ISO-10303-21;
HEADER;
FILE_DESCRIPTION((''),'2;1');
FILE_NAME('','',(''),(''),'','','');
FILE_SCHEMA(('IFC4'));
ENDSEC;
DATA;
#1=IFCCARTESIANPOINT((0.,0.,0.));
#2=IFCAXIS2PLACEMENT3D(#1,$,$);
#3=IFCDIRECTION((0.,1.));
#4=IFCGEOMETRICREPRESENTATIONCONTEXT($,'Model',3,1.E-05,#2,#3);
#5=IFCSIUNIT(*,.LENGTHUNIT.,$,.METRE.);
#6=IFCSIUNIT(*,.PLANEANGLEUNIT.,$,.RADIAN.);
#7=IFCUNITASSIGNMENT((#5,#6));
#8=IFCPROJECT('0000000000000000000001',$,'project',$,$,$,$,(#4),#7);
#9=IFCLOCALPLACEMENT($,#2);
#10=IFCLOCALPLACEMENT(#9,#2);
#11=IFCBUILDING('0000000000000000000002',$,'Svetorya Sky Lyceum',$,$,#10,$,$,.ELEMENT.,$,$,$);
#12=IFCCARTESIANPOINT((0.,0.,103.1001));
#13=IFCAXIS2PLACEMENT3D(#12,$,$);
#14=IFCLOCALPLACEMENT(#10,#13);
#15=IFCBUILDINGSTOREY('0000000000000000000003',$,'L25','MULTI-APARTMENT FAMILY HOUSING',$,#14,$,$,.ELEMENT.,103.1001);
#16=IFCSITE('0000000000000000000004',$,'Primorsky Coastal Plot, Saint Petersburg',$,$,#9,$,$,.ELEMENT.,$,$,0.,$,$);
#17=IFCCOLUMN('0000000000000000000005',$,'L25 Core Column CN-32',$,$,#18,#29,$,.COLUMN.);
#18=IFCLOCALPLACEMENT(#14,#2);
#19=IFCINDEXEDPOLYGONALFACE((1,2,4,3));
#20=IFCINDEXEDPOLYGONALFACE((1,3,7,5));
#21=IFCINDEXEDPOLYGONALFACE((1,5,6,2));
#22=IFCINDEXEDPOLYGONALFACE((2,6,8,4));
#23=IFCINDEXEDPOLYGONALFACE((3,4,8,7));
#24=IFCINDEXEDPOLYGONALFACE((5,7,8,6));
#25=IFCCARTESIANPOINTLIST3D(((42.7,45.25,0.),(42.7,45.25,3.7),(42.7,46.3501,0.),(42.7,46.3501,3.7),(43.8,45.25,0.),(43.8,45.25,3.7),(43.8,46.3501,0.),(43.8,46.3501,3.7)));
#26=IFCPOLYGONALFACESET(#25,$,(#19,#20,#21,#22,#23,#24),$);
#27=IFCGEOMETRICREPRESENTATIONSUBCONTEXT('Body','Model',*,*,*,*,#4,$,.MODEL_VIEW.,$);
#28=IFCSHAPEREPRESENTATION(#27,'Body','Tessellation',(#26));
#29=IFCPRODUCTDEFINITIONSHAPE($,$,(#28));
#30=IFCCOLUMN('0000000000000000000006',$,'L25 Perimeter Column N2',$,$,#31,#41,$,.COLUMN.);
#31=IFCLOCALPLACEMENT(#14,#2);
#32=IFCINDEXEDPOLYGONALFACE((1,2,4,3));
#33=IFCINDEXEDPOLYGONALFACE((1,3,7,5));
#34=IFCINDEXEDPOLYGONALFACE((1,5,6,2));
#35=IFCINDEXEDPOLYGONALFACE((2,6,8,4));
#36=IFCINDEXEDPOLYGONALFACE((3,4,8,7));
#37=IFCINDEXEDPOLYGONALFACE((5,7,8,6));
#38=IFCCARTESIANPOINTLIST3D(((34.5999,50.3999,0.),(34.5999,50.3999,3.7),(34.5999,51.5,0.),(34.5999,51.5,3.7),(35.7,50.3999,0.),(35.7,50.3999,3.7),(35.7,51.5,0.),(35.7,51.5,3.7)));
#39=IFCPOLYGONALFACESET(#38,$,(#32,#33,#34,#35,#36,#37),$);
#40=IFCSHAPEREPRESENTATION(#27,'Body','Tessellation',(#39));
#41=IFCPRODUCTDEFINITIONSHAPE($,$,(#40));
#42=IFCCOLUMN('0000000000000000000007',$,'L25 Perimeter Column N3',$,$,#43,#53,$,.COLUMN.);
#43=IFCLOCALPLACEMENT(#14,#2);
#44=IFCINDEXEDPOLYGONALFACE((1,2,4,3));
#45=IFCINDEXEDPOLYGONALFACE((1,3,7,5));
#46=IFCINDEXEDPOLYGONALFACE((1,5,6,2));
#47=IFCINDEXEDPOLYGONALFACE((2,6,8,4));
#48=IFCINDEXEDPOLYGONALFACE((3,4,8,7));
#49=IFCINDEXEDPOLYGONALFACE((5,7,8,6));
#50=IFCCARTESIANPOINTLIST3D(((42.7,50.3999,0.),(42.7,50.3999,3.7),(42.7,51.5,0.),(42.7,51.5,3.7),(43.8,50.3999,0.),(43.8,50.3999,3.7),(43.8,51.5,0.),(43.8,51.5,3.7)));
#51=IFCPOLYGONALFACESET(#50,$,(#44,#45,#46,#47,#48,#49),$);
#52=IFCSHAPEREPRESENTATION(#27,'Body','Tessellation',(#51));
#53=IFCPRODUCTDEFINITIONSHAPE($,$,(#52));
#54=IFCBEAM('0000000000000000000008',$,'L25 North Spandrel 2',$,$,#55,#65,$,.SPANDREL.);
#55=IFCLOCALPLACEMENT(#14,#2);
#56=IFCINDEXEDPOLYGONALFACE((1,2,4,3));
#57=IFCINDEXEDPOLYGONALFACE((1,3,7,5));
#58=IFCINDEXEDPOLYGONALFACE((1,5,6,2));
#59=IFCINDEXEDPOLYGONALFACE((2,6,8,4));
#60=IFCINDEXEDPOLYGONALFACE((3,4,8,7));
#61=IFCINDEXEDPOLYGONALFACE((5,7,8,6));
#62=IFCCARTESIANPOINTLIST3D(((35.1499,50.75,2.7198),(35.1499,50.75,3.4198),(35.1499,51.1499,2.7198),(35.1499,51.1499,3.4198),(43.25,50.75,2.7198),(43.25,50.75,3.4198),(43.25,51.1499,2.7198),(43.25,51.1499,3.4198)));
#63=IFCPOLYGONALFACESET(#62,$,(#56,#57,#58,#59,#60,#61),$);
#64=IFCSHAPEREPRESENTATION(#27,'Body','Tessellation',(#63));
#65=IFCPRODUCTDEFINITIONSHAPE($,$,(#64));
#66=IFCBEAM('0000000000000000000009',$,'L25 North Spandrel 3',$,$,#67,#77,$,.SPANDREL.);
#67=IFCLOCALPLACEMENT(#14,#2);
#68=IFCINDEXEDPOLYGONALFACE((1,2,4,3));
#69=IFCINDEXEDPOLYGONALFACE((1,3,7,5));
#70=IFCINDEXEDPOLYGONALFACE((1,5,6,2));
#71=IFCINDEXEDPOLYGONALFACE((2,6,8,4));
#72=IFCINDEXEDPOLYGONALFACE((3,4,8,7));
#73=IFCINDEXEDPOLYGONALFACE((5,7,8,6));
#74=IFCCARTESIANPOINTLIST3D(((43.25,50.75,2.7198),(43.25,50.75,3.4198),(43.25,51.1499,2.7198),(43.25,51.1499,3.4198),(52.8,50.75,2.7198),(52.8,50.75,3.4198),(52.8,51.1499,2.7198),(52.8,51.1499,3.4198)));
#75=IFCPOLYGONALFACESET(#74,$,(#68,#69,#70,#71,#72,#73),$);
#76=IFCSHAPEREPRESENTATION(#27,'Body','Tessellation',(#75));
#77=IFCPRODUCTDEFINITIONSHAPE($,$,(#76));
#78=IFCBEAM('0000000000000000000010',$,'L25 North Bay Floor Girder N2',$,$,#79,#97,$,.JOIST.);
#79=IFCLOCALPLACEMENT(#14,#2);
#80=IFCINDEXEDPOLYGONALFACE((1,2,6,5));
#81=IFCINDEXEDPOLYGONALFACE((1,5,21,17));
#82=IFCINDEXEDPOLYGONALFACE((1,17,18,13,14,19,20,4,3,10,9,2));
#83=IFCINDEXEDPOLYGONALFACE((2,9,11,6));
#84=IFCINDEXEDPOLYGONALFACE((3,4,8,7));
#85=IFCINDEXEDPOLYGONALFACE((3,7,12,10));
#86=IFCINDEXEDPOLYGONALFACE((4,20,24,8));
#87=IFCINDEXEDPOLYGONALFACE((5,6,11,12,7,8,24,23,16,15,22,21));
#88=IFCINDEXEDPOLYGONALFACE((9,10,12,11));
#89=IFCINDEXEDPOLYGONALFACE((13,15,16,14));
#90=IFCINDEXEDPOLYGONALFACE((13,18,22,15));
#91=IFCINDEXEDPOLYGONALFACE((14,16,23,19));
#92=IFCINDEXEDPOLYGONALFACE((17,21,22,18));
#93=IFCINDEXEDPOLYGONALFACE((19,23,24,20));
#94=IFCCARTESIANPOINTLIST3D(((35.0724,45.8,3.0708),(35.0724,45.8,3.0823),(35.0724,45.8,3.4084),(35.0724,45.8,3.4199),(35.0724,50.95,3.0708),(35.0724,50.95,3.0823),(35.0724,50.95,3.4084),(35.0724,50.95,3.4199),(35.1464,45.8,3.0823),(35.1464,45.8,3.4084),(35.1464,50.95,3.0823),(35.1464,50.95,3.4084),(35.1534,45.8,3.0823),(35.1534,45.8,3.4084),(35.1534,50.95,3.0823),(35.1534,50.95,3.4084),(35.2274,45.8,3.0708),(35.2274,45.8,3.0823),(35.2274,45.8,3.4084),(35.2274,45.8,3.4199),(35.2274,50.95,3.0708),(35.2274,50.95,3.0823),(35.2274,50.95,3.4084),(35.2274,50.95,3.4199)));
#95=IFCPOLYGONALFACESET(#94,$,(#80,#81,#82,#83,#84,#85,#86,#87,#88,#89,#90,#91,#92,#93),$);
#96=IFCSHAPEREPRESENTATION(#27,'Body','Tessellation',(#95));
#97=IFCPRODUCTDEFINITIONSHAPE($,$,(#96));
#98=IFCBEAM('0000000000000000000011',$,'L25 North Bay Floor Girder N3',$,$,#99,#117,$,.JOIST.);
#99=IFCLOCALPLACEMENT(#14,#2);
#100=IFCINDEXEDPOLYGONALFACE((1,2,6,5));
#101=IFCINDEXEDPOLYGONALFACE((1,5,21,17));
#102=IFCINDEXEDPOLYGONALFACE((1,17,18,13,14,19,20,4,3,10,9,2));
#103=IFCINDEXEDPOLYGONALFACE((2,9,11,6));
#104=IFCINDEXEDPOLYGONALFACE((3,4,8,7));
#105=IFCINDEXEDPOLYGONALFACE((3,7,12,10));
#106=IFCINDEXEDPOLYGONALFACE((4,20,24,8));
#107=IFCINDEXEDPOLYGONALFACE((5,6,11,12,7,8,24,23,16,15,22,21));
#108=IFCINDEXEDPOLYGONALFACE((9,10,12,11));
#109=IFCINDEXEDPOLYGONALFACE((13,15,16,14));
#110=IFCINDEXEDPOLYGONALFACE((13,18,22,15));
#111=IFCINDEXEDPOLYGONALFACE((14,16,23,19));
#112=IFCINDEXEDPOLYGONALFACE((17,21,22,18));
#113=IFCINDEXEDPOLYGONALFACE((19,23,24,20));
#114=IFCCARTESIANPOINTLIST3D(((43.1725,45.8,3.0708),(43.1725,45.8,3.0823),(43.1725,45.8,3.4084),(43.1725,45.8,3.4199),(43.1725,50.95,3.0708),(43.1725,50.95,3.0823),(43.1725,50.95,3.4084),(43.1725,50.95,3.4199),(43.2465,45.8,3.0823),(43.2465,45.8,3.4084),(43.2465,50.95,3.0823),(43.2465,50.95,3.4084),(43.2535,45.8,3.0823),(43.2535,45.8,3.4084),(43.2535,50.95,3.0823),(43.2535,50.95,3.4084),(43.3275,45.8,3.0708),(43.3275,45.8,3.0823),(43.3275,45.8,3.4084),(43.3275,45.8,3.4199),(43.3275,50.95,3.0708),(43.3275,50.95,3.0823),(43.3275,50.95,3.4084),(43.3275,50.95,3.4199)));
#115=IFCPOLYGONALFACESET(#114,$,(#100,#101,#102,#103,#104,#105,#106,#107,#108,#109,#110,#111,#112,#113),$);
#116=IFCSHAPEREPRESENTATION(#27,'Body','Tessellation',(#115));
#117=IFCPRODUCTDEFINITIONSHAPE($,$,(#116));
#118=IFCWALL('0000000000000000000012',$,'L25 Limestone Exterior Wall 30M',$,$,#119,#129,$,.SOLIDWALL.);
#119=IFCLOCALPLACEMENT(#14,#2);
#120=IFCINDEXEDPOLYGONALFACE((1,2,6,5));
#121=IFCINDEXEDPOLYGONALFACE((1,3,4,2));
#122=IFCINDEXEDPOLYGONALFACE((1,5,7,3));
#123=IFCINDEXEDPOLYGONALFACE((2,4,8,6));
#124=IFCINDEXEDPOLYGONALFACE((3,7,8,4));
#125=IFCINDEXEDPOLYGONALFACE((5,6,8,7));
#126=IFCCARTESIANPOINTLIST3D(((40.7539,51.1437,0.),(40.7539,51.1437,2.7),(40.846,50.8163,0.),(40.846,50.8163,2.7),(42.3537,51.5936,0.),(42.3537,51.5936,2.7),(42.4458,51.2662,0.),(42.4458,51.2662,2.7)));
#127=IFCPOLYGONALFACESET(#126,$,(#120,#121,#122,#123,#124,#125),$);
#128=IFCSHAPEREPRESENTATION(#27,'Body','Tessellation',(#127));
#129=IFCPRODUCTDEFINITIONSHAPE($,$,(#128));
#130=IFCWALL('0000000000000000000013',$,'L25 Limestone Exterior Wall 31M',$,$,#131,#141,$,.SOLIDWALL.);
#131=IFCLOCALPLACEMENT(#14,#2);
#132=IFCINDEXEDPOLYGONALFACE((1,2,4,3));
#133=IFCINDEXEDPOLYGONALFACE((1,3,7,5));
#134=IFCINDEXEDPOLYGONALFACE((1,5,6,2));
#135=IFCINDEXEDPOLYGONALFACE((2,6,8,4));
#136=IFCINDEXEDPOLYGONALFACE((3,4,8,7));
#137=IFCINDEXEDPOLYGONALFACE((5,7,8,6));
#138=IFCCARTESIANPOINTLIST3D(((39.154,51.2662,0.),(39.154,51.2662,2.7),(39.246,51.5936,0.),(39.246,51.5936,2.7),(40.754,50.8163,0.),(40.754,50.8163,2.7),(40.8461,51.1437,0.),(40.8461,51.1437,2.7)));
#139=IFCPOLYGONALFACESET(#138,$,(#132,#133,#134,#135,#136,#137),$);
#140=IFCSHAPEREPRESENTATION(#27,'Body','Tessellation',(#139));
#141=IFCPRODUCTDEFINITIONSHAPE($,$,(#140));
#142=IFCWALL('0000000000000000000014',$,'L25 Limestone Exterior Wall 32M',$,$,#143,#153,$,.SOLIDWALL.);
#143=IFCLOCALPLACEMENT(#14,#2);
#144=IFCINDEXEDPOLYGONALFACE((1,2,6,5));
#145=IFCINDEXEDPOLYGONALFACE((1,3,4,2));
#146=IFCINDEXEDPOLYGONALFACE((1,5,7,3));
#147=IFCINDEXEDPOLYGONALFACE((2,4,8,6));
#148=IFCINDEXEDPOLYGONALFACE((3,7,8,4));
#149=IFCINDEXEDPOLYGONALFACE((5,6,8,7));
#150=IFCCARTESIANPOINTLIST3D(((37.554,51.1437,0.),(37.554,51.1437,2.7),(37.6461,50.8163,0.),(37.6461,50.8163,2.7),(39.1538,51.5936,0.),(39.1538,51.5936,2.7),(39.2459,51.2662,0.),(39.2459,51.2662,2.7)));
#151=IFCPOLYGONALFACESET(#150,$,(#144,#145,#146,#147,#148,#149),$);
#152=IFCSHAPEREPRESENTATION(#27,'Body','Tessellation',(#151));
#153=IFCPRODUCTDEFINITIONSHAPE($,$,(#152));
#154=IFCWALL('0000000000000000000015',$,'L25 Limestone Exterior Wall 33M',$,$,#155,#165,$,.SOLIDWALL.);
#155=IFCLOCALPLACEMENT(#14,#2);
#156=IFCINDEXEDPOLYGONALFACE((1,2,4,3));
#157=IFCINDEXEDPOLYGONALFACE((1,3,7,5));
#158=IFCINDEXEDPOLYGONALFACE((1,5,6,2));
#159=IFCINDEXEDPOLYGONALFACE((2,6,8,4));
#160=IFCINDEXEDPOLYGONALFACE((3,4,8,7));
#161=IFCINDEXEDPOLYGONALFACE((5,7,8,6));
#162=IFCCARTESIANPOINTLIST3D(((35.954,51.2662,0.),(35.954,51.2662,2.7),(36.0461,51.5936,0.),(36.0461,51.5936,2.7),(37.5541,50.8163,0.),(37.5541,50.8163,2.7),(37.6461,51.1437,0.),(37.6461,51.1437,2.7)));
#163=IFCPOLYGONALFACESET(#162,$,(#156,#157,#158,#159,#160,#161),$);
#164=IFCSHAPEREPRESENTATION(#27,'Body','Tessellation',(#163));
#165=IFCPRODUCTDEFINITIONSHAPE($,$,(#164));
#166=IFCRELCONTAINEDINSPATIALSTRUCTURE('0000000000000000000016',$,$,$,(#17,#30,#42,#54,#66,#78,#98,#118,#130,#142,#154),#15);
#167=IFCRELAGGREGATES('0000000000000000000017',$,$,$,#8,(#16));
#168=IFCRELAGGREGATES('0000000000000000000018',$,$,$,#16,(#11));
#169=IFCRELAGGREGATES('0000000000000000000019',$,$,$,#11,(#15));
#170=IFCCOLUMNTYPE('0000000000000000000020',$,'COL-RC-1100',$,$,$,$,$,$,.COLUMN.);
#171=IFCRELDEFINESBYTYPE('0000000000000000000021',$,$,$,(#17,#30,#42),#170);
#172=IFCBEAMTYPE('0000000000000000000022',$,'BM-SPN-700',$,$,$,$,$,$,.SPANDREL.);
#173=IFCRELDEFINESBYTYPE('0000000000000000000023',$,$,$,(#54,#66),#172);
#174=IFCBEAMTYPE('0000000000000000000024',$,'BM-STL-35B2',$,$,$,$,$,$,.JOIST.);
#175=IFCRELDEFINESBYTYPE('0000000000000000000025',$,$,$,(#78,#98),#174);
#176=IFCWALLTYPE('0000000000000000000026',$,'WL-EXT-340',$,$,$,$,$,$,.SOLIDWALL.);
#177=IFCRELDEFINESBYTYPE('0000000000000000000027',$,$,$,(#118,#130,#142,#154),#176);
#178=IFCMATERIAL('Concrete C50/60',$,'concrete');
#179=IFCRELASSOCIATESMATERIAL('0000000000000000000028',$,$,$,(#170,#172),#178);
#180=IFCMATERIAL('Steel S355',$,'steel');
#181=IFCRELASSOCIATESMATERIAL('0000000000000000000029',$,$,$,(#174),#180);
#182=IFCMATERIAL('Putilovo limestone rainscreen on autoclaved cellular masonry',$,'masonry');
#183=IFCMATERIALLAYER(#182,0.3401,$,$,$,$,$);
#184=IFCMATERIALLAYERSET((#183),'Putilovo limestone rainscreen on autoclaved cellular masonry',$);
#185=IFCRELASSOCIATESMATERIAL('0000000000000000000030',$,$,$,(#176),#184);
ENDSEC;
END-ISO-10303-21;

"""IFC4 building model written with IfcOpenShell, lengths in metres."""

from ifc_helpers import new_model, si_unit, direction, frame, frame_2d, origin, origin_2d, place, context, subcontext, project, spatial, rectangle, i_section, extrude, material, layer, layer_set, material_profile, profile_set, type_object, element, save


model = new_model("IFC4")

# Units and contexts
model_context = context("Model", 3, precision=1e-05, world=origin(), true_north=direction((0.0, 1.0)))
body_context = subcontext(model_context, "Body", "Model", "MODEL_VIEW")
ifc_project = project(units=[si_unit("LENGTHUNIT", "METRE"), si_unit("PLANEANGLEUNIT", "RADIAN")], contexts=[model_context])

# Site, building, storey
site_placement = place(None, origin())
site = spatial("IfcSite", under=ifc_project, at=site_placement, Name="Primorsky Coastal Plot, Saint Petersburg", CompositionType="ELEMENT", RefElevation=0.0)
building_placement = place(site_placement, origin())
building = spatial("IfcBuilding", under=site, at=building_placement, Name="Svetorya Sky Lyceum", CompositionType="ELEMENT")
storey_placement = place(building_placement, frame((0.0, 0.0, 103.1001)))
storey = spatial("IfcBuildingStorey", under=building, at=storey_placement, Name="L25", Description="MULTI-APARTMENT FAMILY HOUSING", CompositionType="ELEMENT", Elevation=103.1001)

# Columns
ifc_material_1 = material(Name="Concrete C50/60", Category="concrete")
ifc_material_profile_1 = material_profile(ifc_material_1, rectangle(XDim=1.1001, YDim=1.1001, at=origin_2d()), Name="RC COL 1100x1100")
ifc_profile_set_1 = profile_set([ifc_material_profile_1], Name="Concrete C50/60")
column_type = type_object("IfcColumnType", Name="COL-RC-1100", PredefinedType="COLUMN", material=ifc_profile_set_1)
for number, where, z_axis, x_axis, name in (
    (1, (43.25, 45.8, 0.0), (0.0, 0.0, 1.0), (1.0, 0.0, 0.0), "L25 Core Column CN-32"),
    (2, (35.1499, 50.95, 0.0), (0.0, 0.0, 1.0), (1.0, 0.0, 0.0), "L25 Perimeter Column N2"),
    (3, (43.25, 50.95, 0.0), (0.0, 0.0, 1.0), (1.0, 0.0, 0.0), "L25 Perimeter Column N3"),
):
    element("IfcColumn", number, at=place(storey_placement, frame(where, z_axis=z_axis, x_axis=x_axis)), inside=storey, type_object=column_type, Name=name, PredefinedType="COLUMN", context=body_context, shape_type="SweptSolid", body=[
        extrude(rectangle(XDim=1.1001, YDim=1.1001, at=origin_2d()), origin(), (0.0, 0.0, 1.0), 3.7),
    ])

# Beams
ifc_material_profile_2 = material_profile(ifc_material_1, rectangle(XDim=0.3999, YDim=0.7, at=origin_2d()), Name="RC SPANDREL 400x700")
ifc_profile_set_2 = profile_set([ifc_material_profile_2], Name="Concrete C50/60")
beam_type_1 = type_object("IfcBeamType", Name="BM-SPN-700", PredefinedType="SPANDREL", material=ifc_profile_set_2)
beam_1_placement = place(storey_placement, frame((35.1499, 50.95, 3.0698), z_axis=(1.0, 0.0, 0.0), x_axis=(0.0, 1.0, 0.0)))
element("IfcBeam", 4, at=beam_1_placement, inside=storey, type_object=beam_type_1, Name="L25 North Spandrel 2", PredefinedType="SPANDREL", context=body_context, shape_type="SweptSolid", body=[
    extrude(rectangle(XDim=0.3999, YDim=0.7, at=origin_2d()), origin(), (0.0, 0.0, 1.0), 8.1001),
])
beam_2_placement = place(storey_placement, frame((43.25, 50.95, 3.0698), z_axis=(1.0, 0.0, 0.0), x_axis=(0.0, 1.0, 0.0)))
element("IfcBeam", 5, at=beam_2_placement, inside=storey, type_object=beam_type_1, Name="L25 North Spandrel 3", PredefinedType="SPANDREL", context=body_context, shape_type="SweptSolid", body=[
    extrude(rectangle(XDim=0.3999, YDim=0.7, at=origin_2d()), origin(), (0.0, 0.0, 1.0), 9.55),
])
ifc_material_2 = material(Name="Steel S355", Category="steel")
ifc_material_profile_3 = material_profile(ifc_material_2, i_section(OverallWidth=0.155, OverallDepth=0.3491, WebThickness=0.0071, FlangeThickness=0.0115, at=origin_2d()), Name="GOST 35B2")
ifc_profile_set_3 = profile_set([ifc_material_profile_3], Name="Steel S355")
beam_type_2 = type_object("IfcBeamType", Name="BM-STL-35B2", PredefinedType="JOIST", material=ifc_profile_set_3)
for number, where, z_axis, x_axis, name in (
    (6, (35.1499, 45.8, 3.2454), (0.0, 1.0, 0.0), (-1.0, 0.0, 0.0), "L25 North Bay Floor Girder N2"),
    (7, (43.25, 45.8, 3.2454), (0.0, 1.0, 0.0), (-1.0, 0.0, 0.0), "L25 North Bay Floor Girder N3"),
):
    element("IfcBeam", number, at=place(storey_placement, frame(where, z_axis=z_axis, x_axis=x_axis)), inside=storey, type_object=beam_type_2, Name=name, PredefinedType="JOIST", context=body_context, shape_type="SweptSolid", body=[
        extrude(i_section(OverallWidth=0.155, OverallDepth=0.3491, WebThickness=0.0071, FlangeThickness=0.0115, at=origin_2d()), origin(), (0.0, 0.0, 1.0), 5.1499),
    ])

# Walls
ifc_material_3 = material(Name="Putilovo limestone rainscreen on autoclaved cellular masonry", Category="masonry")
ifc_layer_1 = layer(ifc_material_3, 0.3401)
ifc_layer_set_1 = layer_set([ifc_layer_1], Name="Putilovo limestone rainscreen on autoclaved cellular masonry")
wall_type_1 = type_object("IfcWallType", Name="WL-EXT-340", PredefinedType="SOLIDWALL", material=ifc_layer_set_1)
wall_1_placement = place(storey_placement, frame((42.3999, 51.4299, 0.0), z_axis=(0.0, 0.0, 1.0), x_axis=(-0.962652, -0.270741, 0.0)))
element("IfcWall", 8, at=wall_1_placement, inside=storey, type_object=wall_type_1, Name="L25 Limestone Exterior Wall 30M", PredefinedType="SOLIDWALL", context=body_context, shape_type="SweptSolid", body=[
    extrude(rectangle(XDim=1.6619, YDim=0.3401, at=frame_2d((0.8311, 0.0))), origin(), (0.0, 0.0, 1.0), 2.7),
])
wall_2_placement = place(storey_placement, frame((40.8, 50.98, 0.0), z_axis=(0.0, 0.0, 1.0), x_axis=(-0.962663, 0.270703, 0.0)))
element("IfcWall", 9, at=wall_2_placement, inside=storey, type_object=wall_type_1, Name="L25 Limestone Exterior Wall 31M", PredefinedType="SOLIDWALL", context=body_context, shape_type="SweptSolid", body=[
    extrude(rectangle(XDim=1.6621, YDim=0.3401, at=frame_2d((0.8311, 0.0))), origin(), (0.0, 0.0, 1.0), 2.7),
])
wall_3_placement = place(storey_placement, frame((39.2, 51.4299, 0.0), z_axis=(0.0, 0.0, 1.0), x_axis=(-0.962652, -0.270741, 0.0)))
element("IfcWall", 10, at=wall_3_placement, inside=storey, type_object=wall_type_1, Name="L25 Limestone Exterior Wall 32M", PredefinedType="SOLIDWALL", context=body_context, shape_type="SweptSolid", body=[
    extrude(rectangle(XDim=1.6619, YDim=0.3401, at=frame_2d((0.8311, 0.0))), origin(), (0.0, 0.0, 1.0), 2.7),
])
wall_4_placement = place(storey_placement, frame((37.6001, 50.98, 0.0), z_axis=(0.0, 0.0, 1.0), x_axis=(-0.962663, 0.270703, 0.0)))
element("IfcWall", 11, at=wall_4_placement, inside=storey, type_object=wall_type_1, Name="L25 Limestone Exterior Wall 33M", PredefinedType="SOLIDWALL", context=body_context, shape_type="SweptSolid", body=[
    extrude(rectangle(XDim=1.6621, YDim=0.3401, at=frame_2d((0.8311, 0.0))), origin(), (0.0, 0.0, 1.0), 2.7),
])

save(model, "model.ifc")
